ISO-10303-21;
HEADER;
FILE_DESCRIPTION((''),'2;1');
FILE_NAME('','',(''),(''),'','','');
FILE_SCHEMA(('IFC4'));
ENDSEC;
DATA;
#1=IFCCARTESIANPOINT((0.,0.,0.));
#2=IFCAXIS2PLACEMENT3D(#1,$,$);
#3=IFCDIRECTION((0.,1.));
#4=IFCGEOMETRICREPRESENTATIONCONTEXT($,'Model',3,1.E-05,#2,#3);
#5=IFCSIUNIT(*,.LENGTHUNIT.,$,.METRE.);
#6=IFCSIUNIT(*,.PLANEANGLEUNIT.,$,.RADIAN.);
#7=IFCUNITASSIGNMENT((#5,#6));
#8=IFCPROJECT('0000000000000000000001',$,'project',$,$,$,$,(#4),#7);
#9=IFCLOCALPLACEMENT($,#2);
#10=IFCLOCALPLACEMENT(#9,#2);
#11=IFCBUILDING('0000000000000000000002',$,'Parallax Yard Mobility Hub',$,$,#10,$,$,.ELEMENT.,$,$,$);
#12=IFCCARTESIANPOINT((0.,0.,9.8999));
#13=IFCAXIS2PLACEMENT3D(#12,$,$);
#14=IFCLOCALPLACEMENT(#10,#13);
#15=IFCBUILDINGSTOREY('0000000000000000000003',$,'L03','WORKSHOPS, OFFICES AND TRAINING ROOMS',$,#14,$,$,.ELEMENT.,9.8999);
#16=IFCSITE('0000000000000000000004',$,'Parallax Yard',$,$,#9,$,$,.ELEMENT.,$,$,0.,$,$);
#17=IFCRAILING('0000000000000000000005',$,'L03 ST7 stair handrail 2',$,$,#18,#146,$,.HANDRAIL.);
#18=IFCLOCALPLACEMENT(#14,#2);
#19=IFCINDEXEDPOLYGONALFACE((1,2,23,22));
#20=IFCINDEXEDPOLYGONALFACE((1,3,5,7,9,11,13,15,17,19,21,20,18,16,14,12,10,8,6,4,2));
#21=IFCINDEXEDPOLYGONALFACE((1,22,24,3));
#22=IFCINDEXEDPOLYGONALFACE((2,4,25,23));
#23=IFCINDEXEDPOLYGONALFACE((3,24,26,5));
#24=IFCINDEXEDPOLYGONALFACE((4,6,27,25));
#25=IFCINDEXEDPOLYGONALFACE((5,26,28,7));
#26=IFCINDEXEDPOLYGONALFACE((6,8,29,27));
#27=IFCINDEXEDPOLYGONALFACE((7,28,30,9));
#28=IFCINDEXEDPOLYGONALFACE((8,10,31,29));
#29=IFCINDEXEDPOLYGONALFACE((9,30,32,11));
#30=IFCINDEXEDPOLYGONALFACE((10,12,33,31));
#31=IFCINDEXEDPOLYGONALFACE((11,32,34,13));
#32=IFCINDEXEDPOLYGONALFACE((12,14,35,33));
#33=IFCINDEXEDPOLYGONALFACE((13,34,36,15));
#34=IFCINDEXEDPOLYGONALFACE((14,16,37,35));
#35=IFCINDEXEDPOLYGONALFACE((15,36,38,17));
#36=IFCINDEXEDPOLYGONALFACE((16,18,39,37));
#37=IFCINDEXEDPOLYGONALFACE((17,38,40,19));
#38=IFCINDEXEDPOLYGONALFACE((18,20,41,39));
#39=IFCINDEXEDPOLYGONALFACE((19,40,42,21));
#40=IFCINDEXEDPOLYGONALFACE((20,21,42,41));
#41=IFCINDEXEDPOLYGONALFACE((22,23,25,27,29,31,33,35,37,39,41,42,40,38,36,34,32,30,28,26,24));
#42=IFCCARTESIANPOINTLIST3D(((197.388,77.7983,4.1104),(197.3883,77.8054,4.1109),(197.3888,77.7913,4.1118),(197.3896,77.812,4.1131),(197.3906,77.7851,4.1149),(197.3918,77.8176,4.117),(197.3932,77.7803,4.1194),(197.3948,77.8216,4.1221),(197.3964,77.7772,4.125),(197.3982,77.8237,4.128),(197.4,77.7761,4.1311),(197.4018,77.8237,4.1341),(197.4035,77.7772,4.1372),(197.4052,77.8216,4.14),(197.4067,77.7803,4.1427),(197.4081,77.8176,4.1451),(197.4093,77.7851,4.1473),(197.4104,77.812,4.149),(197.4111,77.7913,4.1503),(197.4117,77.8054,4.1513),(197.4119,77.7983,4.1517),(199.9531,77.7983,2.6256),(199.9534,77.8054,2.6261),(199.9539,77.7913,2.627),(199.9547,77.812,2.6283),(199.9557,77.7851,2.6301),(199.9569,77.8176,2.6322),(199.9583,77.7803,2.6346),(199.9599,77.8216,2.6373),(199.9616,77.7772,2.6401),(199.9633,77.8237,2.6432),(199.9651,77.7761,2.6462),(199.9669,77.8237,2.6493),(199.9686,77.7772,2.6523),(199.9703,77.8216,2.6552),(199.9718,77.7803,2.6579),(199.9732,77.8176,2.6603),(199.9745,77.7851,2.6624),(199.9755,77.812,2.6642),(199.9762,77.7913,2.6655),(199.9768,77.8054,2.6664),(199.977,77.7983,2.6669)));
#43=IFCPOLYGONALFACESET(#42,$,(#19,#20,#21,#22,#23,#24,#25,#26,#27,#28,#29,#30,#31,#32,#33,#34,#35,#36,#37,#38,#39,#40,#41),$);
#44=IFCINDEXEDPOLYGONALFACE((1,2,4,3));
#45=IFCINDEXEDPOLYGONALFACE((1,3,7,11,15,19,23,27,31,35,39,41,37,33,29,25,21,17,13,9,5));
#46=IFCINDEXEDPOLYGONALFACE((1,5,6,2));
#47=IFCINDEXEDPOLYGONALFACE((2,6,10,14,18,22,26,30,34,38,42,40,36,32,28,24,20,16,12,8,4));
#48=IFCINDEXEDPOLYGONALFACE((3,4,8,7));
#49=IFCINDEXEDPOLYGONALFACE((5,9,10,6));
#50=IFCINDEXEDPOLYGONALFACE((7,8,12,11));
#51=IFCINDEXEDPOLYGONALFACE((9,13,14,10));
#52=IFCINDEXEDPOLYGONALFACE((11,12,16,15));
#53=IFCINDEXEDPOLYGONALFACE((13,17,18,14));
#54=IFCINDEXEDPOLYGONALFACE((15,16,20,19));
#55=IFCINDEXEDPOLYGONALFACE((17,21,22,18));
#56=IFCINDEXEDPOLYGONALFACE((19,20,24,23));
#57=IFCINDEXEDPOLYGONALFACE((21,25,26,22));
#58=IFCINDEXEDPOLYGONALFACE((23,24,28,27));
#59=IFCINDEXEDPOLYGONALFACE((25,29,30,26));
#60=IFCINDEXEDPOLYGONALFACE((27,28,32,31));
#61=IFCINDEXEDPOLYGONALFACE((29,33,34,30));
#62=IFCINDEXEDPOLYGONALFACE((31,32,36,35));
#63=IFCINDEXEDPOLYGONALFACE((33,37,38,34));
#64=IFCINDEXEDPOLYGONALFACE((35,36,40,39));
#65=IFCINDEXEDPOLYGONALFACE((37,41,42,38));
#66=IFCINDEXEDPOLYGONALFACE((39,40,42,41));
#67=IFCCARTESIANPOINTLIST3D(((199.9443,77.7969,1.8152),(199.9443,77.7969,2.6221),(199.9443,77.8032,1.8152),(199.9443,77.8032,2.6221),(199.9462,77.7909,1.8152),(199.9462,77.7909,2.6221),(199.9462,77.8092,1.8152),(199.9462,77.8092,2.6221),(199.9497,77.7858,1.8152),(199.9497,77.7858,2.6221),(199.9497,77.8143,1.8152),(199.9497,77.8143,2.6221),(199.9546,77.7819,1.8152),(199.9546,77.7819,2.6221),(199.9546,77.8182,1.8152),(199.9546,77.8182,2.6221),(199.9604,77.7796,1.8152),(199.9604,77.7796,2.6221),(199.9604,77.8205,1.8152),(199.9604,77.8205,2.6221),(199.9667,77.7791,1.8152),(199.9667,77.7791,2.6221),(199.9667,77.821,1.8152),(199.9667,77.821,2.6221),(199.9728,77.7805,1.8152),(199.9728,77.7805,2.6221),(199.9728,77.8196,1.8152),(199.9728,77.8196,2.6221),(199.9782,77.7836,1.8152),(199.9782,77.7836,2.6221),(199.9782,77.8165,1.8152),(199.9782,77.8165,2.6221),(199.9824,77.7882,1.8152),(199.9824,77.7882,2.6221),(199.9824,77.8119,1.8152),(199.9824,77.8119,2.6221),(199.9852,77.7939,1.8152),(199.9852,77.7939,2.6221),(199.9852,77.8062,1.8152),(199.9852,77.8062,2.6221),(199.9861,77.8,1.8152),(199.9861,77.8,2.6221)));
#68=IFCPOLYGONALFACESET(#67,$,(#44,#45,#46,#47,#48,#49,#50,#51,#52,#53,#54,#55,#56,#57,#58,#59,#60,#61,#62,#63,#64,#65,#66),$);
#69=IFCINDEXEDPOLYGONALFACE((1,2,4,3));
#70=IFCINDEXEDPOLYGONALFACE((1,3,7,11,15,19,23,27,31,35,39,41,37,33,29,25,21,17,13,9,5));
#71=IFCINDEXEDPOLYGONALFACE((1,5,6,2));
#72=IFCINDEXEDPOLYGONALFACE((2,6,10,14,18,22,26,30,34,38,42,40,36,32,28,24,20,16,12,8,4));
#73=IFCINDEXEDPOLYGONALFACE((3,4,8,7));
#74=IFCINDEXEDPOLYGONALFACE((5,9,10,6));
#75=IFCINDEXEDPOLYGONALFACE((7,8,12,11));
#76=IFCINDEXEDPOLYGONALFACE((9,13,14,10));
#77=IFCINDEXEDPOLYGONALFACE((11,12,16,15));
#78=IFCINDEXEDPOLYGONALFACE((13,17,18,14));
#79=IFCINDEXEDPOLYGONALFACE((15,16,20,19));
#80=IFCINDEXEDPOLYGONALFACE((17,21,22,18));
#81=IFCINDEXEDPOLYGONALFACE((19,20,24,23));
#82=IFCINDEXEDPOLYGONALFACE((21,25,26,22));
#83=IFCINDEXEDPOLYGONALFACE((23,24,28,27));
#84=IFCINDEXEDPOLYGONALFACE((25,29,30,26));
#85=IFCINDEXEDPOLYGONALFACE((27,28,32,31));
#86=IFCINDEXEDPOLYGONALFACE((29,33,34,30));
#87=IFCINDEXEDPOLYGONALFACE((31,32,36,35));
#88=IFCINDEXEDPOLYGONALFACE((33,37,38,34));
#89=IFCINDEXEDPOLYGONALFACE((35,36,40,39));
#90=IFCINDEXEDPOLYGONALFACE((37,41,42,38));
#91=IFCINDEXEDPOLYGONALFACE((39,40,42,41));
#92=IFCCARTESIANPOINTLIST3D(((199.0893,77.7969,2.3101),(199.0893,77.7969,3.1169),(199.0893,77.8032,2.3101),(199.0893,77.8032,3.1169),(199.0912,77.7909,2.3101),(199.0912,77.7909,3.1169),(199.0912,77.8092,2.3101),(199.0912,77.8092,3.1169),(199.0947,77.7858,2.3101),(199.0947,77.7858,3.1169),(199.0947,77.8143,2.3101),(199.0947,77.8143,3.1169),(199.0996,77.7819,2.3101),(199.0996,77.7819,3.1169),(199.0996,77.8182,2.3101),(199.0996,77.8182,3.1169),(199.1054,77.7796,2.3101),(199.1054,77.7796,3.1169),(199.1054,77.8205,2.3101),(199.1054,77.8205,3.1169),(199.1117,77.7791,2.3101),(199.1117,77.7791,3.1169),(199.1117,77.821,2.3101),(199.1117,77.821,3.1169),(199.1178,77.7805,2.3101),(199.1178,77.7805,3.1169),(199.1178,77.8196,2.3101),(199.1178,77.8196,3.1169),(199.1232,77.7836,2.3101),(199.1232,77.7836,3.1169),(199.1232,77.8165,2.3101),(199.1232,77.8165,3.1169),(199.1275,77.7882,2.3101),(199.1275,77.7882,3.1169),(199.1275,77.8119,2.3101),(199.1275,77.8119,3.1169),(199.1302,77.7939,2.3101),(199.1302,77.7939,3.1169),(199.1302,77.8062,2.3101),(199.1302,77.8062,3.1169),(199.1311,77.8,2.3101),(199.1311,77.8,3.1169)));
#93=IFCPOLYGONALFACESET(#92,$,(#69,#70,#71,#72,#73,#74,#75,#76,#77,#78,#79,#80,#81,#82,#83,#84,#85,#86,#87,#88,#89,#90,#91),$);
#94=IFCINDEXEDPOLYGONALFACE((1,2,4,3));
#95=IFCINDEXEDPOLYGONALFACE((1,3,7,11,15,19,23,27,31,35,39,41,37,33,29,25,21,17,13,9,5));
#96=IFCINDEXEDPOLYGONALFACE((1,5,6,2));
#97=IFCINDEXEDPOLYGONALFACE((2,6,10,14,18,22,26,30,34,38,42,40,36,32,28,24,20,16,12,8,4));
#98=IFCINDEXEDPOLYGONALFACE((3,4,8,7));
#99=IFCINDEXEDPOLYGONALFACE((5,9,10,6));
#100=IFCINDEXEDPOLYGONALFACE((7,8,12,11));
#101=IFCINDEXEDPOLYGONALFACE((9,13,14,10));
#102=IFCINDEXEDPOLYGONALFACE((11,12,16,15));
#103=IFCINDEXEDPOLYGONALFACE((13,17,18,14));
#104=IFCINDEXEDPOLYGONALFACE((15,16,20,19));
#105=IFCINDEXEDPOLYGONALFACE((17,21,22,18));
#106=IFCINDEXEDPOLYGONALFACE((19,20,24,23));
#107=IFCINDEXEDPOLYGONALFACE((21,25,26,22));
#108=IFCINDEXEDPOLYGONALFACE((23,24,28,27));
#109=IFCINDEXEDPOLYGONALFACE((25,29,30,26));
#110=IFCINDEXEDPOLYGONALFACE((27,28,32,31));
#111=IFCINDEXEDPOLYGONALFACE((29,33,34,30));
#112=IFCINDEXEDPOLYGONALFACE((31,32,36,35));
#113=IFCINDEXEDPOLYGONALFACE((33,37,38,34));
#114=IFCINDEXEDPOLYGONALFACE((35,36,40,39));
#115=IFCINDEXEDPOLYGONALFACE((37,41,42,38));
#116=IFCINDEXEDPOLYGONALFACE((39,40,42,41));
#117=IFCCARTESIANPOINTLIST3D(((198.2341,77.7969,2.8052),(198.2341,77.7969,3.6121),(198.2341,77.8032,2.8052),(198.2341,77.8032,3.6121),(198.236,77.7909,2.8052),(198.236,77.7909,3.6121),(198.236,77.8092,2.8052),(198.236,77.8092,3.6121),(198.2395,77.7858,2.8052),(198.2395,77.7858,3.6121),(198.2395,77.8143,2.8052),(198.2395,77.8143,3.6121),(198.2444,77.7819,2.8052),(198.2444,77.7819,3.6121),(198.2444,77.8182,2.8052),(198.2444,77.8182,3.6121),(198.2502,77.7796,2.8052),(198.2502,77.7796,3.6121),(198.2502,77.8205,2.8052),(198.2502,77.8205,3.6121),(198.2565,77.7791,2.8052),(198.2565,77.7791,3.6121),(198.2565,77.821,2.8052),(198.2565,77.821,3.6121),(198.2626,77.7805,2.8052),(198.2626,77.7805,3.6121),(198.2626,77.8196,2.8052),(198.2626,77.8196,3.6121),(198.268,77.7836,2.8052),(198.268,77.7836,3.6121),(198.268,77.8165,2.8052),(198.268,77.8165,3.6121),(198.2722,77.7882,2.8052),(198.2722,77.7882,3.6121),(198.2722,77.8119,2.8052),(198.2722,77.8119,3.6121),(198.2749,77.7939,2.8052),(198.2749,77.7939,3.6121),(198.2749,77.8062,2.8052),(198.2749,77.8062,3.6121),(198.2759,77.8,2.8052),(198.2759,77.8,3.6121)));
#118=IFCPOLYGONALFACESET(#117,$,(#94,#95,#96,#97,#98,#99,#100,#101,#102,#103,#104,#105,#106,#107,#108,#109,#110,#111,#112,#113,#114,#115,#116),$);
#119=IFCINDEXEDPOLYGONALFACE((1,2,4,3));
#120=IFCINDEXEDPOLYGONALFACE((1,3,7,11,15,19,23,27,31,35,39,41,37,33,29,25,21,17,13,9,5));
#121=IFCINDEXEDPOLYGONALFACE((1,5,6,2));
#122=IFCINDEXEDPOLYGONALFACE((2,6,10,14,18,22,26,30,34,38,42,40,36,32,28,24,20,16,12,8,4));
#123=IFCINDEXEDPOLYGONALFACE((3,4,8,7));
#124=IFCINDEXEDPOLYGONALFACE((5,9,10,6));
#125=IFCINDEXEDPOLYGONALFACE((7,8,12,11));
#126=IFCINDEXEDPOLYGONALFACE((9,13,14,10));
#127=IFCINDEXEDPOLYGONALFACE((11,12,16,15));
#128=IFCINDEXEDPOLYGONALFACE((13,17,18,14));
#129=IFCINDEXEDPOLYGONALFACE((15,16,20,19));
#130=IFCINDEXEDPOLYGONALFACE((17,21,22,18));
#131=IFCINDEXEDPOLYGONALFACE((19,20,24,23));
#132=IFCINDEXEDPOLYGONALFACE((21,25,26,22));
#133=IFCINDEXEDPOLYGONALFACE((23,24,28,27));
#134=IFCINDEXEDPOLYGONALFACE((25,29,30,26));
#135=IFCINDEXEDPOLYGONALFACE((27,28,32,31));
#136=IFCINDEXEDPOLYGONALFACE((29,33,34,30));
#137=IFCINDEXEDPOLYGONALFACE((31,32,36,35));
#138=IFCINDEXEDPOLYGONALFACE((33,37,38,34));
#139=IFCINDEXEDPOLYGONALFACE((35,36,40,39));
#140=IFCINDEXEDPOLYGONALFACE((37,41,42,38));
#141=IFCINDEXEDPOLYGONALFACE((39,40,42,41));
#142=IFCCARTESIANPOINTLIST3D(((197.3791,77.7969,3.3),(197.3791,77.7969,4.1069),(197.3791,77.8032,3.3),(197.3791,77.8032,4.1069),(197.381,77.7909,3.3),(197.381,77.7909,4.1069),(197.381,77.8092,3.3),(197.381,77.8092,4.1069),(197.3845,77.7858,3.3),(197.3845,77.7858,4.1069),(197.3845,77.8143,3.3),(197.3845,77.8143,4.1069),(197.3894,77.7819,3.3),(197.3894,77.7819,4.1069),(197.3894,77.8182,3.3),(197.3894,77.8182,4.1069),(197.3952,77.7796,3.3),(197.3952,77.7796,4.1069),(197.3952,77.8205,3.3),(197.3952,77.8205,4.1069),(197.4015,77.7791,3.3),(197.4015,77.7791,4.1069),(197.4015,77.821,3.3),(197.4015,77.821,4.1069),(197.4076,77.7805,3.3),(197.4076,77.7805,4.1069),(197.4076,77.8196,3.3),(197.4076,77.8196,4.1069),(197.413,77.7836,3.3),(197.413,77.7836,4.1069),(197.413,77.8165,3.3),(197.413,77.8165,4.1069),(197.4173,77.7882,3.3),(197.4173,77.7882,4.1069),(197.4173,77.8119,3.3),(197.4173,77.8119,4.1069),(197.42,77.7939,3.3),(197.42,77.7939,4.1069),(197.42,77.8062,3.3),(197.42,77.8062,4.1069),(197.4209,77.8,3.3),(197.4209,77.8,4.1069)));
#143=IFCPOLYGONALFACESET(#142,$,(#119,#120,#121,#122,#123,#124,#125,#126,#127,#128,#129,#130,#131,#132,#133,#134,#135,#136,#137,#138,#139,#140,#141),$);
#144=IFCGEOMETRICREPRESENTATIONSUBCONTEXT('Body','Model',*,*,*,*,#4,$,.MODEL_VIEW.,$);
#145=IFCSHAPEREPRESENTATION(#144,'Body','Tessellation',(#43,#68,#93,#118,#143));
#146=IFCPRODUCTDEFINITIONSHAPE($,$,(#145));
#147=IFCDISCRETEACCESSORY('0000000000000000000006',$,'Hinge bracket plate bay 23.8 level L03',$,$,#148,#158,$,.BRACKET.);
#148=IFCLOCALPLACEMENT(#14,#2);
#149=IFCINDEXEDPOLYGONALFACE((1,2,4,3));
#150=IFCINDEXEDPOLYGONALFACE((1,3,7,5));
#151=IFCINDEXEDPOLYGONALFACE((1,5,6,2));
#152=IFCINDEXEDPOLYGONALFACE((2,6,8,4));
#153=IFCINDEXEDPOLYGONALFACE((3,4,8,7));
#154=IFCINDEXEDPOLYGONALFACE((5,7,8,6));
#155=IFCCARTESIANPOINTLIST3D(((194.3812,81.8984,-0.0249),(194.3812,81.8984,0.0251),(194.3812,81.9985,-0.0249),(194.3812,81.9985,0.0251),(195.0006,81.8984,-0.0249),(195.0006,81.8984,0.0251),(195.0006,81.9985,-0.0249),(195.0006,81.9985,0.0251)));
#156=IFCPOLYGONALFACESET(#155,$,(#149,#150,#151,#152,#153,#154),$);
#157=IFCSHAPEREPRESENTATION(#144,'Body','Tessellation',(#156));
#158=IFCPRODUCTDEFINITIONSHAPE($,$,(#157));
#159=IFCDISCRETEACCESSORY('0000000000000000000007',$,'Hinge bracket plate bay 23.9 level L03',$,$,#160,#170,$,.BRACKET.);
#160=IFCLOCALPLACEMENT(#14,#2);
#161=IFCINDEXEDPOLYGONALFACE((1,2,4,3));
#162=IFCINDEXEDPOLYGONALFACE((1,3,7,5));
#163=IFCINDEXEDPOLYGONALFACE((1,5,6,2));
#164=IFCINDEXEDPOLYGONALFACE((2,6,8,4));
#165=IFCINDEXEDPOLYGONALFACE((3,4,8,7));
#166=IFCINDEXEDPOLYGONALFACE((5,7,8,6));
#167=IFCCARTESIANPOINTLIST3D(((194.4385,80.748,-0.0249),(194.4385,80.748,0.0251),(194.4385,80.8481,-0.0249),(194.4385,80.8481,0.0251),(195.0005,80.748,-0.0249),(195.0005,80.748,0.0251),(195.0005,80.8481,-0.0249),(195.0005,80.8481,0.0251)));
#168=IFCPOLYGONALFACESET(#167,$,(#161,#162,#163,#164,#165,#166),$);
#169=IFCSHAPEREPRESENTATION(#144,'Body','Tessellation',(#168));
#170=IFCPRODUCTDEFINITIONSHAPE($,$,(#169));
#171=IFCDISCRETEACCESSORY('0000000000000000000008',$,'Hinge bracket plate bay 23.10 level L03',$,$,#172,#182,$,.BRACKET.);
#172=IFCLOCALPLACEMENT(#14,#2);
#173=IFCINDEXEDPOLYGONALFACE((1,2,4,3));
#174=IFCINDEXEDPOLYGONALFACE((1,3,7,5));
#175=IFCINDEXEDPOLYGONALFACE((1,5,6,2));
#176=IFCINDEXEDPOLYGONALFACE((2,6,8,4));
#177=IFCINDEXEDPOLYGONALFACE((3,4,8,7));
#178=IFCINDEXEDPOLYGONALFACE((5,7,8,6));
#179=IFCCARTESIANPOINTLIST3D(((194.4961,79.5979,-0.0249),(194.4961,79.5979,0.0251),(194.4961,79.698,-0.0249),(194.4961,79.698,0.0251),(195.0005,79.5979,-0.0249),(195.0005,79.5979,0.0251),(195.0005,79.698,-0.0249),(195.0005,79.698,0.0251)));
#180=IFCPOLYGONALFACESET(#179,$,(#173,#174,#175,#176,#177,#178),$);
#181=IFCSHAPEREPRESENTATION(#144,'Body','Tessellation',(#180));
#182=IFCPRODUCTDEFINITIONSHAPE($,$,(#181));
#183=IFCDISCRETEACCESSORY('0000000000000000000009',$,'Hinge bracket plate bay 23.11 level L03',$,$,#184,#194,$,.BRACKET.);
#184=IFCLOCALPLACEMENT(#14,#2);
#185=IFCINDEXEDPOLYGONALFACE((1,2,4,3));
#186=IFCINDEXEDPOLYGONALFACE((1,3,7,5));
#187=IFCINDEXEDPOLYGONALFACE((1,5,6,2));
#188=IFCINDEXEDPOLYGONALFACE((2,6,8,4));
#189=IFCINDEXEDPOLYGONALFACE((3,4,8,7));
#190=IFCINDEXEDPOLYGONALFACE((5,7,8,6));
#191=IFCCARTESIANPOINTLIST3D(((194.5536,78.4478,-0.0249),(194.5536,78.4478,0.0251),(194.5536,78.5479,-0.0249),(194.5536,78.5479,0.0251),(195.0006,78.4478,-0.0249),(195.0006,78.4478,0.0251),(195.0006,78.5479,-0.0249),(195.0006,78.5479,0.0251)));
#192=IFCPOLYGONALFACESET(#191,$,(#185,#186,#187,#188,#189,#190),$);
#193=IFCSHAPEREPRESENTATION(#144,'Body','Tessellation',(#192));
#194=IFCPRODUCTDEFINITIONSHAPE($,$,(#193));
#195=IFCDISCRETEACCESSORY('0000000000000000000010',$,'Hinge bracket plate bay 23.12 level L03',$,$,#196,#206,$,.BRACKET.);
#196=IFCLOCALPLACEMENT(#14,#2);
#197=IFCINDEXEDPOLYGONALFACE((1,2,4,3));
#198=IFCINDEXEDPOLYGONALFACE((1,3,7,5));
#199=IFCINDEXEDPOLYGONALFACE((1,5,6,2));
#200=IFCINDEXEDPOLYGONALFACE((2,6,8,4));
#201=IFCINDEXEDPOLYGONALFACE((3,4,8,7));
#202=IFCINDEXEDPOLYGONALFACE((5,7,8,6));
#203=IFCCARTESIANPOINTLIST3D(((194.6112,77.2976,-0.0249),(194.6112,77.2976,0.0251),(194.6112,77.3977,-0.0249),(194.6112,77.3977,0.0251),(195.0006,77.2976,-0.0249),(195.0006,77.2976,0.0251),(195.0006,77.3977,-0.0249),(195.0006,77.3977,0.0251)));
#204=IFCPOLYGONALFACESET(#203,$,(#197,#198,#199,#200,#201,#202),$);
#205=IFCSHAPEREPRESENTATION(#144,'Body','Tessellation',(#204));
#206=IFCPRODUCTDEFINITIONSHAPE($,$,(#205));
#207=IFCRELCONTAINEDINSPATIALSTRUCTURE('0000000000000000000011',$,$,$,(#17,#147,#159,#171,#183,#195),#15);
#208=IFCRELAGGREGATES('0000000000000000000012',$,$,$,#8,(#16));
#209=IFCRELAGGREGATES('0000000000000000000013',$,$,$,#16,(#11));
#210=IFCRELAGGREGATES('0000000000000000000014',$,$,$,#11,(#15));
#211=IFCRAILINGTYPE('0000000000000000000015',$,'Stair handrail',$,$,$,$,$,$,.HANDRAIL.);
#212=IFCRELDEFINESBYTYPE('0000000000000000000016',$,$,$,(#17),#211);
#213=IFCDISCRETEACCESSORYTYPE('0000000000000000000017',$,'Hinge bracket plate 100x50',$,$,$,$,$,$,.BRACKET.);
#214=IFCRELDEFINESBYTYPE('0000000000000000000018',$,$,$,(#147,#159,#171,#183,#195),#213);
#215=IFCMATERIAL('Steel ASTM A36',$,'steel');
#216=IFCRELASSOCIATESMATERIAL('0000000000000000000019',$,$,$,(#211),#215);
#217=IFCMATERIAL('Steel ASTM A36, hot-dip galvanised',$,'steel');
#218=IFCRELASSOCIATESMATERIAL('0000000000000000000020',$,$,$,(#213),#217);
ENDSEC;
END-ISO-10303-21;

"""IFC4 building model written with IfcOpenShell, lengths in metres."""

from ifc_helpers import new_model, si_unit, direction, frame, origin, origin_2d, place, context, subcontext, project, spatial, rectangle, circle, extrude, material, type_object, element, save


model = new_model("IFC4")

# Units and contexts
model_context = context("Model", 3, precision=1e-05, world=origin(), true_north=direction((0.0, 1.0)))
body_context = subcontext(model_context, "Body", "Model", "MODEL_VIEW")
ifc_project = project(units=[si_unit("LENGTHUNIT", "METRE"), si_unit("PLANEANGLEUNIT", "RADIAN")], contexts=[model_context])

# Site, building, storey
site_placement = place(None, origin())
site = spatial("IfcSite", under=ifc_project, at=site_placement, Name="Parallax Yard", CompositionType="ELEMENT", RefElevation=0.0)
building_placement = place(site_placement, origin())
building = spatial("IfcBuilding", under=site, at=building_placement, Name="Parallax Yard Mobility Hub", CompositionType="ELEMENT")
storey_placement = place(building_placement, frame((0.0, 0.0, 9.8999)))
storey = spatial("IfcBuildingStorey", under=building, at=storey_placement, Name="L03", Description="WORKSHOPS, OFFICES AND TRAINING ROOMS", CompositionType="ELEMENT", Elevation=9.8999)

# Railing
ifc_material_1 = material(Name="Steel ASTM A36", Category="steel")
railing_type_1 = type_object("IfcRailingType", Name="Stair handrail", PredefinedType="HANDRAIL", material=ifc_material_1)
railing_1_placement = place(storey_placement, frame((199.9651, 77.8, 1.8152)))
element("IfcRailing", 1, at=railing_1_placement, inside=storey, type_object=railing_type_1, Name="L03 ST7 stair handrail 2", PredefinedType="HANDRAIL", context=body_context, shape_type="SweptSolid", body=[
    extrude(circle(Radius=0.0239, at=origin_2d()), frame((0.0, 0.0, 0.8311), z_axis=(-0.865462, 0.0, 0.500975), x_axis=(0.0, -1.0, 0.0)), (0.0, 0.0, 1.0), 2.9639),
    extrude(circle(Radius=0.021, at=origin_2d()), origin(), (0.0, 0.0, 1.0), 0.8069),
    extrude(circle(Radius=0.021, at=origin_2d()), frame((-0.855, 0.0, 0.4949)), (0.0, 0.0, 1.0), 0.8069),
    extrude(circle(Radius=0.021, at=origin_2d()), frame((-1.7102, 0.0, 0.99)), (0.0, 0.0, 1.0), 0.8069),
    extrude(circle(Radius=0.021, at=origin_2d()), frame((-2.5652, 0.0, 1.4849)), (0.0, 0.0, 1.0), 0.8069),
])

# Discrete accessories
ifc_material_2 = material(Name="Steel ASTM A36, hot-dip galvanised", Category="steel")
discrete_accessory_type = type_object("IfcDiscreteAccessoryType", Name="Hinge bracket plate 100x50", PredefinedType="BRACKET", material=ifc_material_2)
discrete_accessory_1_placement = place(storey_placement, frame((194.6909, 81.9485, -0.0249), z_axis=(0.0, 0.0, 1.0), x_axis=(-1.0, 0.0, 0.0)))
element("IfcDiscreteAccessory", 2, at=discrete_accessory_1_placement, inside=storey, type_object=discrete_accessory_type, Name="Hinge bracket plate bay 23.8 level L03", PredefinedType="BRACKET", context=body_context, shape_type="SweptSolid", body=[
    extrude(rectangle(XDim=0.6194, YDim=0.1001, at=origin_2d()), origin(), (0.0, 0.0, 1.0), 0.05),
])
discrete_accessory_2_placement = place(storey_placement, frame((194.7195, 80.7981, -0.0249), z_axis=(0.0, 0.0, 1.0), x_axis=(-1.0, 0.0, 0.0)))
element("IfcDiscreteAccessory", 3, at=discrete_accessory_2_placement, inside=storey, type_object=discrete_accessory_type, Name="Hinge bracket plate bay 23.9 level L03", PredefinedType="BRACKET", context=body_context, shape_type="SweptSolid", body=[
    extrude(rectangle(XDim=0.562, YDim=0.1001, at=origin_2d()), origin(), (0.0, 0.0, 1.0), 0.05),
])
discrete_accessory_3_placement = place(storey_placement, frame((194.7483, 79.6479, -0.0249), z_axis=(0.0, 0.0, 1.0), x_axis=(-1.0, 0.0, 0.0)))
element("IfcDiscreteAccessory", 4, at=discrete_accessory_3_placement, inside=storey, type_object=discrete_accessory_type, Name="Hinge bracket plate bay 23.10 level L03", PredefinedType="BRACKET", context=body_context, shape_type="SweptSolid", body=[
    extrude(rectangle(XDim=0.5044, YDim=0.1001, at=origin_2d()), origin(), (0.0, 0.0, 1.0), 0.05),
])
discrete_accessory_4_placement = place(storey_placement, frame((194.7771, 78.4978, -0.0249), z_axis=(0.0, 0.0, 1.0), x_axis=(-1.0, 0.0, 0.0)))
element("IfcDiscreteAccessory", 5, at=discrete_accessory_4_placement, inside=storey, type_object=discrete_accessory_type, Name="Hinge bracket plate bay 23.11 level L03", PredefinedType="BRACKET", context=body_context, shape_type="SweptSolid", body=[
    extrude(rectangle(XDim=0.447, YDim=0.1001, at=origin_2d()), origin(), (0.0, 0.0, 1.0), 0.05),
])
discrete_accessory_5_placement = place(storey_placement, frame((194.8059, 77.3477, -0.0249), z_axis=(0.0, 0.0, 1.0), x_axis=(-1.0, 0.0, 0.0)))
element("IfcDiscreteAccessory", 6, at=discrete_accessory_5_placement, inside=storey, type_object=discrete_accessory_type, Name="Hinge bracket plate bay 23.12 level L03", PredefinedType="BRACKET", context=body_context, shape_type="SweptSolid", body=[
    extrude(rectangle(XDim=0.3894, YDim=0.1001, at=origin_2d()), origin(), (0.0, 0.0, 1.0), 0.05),
])

save(model, "model.ifc")
